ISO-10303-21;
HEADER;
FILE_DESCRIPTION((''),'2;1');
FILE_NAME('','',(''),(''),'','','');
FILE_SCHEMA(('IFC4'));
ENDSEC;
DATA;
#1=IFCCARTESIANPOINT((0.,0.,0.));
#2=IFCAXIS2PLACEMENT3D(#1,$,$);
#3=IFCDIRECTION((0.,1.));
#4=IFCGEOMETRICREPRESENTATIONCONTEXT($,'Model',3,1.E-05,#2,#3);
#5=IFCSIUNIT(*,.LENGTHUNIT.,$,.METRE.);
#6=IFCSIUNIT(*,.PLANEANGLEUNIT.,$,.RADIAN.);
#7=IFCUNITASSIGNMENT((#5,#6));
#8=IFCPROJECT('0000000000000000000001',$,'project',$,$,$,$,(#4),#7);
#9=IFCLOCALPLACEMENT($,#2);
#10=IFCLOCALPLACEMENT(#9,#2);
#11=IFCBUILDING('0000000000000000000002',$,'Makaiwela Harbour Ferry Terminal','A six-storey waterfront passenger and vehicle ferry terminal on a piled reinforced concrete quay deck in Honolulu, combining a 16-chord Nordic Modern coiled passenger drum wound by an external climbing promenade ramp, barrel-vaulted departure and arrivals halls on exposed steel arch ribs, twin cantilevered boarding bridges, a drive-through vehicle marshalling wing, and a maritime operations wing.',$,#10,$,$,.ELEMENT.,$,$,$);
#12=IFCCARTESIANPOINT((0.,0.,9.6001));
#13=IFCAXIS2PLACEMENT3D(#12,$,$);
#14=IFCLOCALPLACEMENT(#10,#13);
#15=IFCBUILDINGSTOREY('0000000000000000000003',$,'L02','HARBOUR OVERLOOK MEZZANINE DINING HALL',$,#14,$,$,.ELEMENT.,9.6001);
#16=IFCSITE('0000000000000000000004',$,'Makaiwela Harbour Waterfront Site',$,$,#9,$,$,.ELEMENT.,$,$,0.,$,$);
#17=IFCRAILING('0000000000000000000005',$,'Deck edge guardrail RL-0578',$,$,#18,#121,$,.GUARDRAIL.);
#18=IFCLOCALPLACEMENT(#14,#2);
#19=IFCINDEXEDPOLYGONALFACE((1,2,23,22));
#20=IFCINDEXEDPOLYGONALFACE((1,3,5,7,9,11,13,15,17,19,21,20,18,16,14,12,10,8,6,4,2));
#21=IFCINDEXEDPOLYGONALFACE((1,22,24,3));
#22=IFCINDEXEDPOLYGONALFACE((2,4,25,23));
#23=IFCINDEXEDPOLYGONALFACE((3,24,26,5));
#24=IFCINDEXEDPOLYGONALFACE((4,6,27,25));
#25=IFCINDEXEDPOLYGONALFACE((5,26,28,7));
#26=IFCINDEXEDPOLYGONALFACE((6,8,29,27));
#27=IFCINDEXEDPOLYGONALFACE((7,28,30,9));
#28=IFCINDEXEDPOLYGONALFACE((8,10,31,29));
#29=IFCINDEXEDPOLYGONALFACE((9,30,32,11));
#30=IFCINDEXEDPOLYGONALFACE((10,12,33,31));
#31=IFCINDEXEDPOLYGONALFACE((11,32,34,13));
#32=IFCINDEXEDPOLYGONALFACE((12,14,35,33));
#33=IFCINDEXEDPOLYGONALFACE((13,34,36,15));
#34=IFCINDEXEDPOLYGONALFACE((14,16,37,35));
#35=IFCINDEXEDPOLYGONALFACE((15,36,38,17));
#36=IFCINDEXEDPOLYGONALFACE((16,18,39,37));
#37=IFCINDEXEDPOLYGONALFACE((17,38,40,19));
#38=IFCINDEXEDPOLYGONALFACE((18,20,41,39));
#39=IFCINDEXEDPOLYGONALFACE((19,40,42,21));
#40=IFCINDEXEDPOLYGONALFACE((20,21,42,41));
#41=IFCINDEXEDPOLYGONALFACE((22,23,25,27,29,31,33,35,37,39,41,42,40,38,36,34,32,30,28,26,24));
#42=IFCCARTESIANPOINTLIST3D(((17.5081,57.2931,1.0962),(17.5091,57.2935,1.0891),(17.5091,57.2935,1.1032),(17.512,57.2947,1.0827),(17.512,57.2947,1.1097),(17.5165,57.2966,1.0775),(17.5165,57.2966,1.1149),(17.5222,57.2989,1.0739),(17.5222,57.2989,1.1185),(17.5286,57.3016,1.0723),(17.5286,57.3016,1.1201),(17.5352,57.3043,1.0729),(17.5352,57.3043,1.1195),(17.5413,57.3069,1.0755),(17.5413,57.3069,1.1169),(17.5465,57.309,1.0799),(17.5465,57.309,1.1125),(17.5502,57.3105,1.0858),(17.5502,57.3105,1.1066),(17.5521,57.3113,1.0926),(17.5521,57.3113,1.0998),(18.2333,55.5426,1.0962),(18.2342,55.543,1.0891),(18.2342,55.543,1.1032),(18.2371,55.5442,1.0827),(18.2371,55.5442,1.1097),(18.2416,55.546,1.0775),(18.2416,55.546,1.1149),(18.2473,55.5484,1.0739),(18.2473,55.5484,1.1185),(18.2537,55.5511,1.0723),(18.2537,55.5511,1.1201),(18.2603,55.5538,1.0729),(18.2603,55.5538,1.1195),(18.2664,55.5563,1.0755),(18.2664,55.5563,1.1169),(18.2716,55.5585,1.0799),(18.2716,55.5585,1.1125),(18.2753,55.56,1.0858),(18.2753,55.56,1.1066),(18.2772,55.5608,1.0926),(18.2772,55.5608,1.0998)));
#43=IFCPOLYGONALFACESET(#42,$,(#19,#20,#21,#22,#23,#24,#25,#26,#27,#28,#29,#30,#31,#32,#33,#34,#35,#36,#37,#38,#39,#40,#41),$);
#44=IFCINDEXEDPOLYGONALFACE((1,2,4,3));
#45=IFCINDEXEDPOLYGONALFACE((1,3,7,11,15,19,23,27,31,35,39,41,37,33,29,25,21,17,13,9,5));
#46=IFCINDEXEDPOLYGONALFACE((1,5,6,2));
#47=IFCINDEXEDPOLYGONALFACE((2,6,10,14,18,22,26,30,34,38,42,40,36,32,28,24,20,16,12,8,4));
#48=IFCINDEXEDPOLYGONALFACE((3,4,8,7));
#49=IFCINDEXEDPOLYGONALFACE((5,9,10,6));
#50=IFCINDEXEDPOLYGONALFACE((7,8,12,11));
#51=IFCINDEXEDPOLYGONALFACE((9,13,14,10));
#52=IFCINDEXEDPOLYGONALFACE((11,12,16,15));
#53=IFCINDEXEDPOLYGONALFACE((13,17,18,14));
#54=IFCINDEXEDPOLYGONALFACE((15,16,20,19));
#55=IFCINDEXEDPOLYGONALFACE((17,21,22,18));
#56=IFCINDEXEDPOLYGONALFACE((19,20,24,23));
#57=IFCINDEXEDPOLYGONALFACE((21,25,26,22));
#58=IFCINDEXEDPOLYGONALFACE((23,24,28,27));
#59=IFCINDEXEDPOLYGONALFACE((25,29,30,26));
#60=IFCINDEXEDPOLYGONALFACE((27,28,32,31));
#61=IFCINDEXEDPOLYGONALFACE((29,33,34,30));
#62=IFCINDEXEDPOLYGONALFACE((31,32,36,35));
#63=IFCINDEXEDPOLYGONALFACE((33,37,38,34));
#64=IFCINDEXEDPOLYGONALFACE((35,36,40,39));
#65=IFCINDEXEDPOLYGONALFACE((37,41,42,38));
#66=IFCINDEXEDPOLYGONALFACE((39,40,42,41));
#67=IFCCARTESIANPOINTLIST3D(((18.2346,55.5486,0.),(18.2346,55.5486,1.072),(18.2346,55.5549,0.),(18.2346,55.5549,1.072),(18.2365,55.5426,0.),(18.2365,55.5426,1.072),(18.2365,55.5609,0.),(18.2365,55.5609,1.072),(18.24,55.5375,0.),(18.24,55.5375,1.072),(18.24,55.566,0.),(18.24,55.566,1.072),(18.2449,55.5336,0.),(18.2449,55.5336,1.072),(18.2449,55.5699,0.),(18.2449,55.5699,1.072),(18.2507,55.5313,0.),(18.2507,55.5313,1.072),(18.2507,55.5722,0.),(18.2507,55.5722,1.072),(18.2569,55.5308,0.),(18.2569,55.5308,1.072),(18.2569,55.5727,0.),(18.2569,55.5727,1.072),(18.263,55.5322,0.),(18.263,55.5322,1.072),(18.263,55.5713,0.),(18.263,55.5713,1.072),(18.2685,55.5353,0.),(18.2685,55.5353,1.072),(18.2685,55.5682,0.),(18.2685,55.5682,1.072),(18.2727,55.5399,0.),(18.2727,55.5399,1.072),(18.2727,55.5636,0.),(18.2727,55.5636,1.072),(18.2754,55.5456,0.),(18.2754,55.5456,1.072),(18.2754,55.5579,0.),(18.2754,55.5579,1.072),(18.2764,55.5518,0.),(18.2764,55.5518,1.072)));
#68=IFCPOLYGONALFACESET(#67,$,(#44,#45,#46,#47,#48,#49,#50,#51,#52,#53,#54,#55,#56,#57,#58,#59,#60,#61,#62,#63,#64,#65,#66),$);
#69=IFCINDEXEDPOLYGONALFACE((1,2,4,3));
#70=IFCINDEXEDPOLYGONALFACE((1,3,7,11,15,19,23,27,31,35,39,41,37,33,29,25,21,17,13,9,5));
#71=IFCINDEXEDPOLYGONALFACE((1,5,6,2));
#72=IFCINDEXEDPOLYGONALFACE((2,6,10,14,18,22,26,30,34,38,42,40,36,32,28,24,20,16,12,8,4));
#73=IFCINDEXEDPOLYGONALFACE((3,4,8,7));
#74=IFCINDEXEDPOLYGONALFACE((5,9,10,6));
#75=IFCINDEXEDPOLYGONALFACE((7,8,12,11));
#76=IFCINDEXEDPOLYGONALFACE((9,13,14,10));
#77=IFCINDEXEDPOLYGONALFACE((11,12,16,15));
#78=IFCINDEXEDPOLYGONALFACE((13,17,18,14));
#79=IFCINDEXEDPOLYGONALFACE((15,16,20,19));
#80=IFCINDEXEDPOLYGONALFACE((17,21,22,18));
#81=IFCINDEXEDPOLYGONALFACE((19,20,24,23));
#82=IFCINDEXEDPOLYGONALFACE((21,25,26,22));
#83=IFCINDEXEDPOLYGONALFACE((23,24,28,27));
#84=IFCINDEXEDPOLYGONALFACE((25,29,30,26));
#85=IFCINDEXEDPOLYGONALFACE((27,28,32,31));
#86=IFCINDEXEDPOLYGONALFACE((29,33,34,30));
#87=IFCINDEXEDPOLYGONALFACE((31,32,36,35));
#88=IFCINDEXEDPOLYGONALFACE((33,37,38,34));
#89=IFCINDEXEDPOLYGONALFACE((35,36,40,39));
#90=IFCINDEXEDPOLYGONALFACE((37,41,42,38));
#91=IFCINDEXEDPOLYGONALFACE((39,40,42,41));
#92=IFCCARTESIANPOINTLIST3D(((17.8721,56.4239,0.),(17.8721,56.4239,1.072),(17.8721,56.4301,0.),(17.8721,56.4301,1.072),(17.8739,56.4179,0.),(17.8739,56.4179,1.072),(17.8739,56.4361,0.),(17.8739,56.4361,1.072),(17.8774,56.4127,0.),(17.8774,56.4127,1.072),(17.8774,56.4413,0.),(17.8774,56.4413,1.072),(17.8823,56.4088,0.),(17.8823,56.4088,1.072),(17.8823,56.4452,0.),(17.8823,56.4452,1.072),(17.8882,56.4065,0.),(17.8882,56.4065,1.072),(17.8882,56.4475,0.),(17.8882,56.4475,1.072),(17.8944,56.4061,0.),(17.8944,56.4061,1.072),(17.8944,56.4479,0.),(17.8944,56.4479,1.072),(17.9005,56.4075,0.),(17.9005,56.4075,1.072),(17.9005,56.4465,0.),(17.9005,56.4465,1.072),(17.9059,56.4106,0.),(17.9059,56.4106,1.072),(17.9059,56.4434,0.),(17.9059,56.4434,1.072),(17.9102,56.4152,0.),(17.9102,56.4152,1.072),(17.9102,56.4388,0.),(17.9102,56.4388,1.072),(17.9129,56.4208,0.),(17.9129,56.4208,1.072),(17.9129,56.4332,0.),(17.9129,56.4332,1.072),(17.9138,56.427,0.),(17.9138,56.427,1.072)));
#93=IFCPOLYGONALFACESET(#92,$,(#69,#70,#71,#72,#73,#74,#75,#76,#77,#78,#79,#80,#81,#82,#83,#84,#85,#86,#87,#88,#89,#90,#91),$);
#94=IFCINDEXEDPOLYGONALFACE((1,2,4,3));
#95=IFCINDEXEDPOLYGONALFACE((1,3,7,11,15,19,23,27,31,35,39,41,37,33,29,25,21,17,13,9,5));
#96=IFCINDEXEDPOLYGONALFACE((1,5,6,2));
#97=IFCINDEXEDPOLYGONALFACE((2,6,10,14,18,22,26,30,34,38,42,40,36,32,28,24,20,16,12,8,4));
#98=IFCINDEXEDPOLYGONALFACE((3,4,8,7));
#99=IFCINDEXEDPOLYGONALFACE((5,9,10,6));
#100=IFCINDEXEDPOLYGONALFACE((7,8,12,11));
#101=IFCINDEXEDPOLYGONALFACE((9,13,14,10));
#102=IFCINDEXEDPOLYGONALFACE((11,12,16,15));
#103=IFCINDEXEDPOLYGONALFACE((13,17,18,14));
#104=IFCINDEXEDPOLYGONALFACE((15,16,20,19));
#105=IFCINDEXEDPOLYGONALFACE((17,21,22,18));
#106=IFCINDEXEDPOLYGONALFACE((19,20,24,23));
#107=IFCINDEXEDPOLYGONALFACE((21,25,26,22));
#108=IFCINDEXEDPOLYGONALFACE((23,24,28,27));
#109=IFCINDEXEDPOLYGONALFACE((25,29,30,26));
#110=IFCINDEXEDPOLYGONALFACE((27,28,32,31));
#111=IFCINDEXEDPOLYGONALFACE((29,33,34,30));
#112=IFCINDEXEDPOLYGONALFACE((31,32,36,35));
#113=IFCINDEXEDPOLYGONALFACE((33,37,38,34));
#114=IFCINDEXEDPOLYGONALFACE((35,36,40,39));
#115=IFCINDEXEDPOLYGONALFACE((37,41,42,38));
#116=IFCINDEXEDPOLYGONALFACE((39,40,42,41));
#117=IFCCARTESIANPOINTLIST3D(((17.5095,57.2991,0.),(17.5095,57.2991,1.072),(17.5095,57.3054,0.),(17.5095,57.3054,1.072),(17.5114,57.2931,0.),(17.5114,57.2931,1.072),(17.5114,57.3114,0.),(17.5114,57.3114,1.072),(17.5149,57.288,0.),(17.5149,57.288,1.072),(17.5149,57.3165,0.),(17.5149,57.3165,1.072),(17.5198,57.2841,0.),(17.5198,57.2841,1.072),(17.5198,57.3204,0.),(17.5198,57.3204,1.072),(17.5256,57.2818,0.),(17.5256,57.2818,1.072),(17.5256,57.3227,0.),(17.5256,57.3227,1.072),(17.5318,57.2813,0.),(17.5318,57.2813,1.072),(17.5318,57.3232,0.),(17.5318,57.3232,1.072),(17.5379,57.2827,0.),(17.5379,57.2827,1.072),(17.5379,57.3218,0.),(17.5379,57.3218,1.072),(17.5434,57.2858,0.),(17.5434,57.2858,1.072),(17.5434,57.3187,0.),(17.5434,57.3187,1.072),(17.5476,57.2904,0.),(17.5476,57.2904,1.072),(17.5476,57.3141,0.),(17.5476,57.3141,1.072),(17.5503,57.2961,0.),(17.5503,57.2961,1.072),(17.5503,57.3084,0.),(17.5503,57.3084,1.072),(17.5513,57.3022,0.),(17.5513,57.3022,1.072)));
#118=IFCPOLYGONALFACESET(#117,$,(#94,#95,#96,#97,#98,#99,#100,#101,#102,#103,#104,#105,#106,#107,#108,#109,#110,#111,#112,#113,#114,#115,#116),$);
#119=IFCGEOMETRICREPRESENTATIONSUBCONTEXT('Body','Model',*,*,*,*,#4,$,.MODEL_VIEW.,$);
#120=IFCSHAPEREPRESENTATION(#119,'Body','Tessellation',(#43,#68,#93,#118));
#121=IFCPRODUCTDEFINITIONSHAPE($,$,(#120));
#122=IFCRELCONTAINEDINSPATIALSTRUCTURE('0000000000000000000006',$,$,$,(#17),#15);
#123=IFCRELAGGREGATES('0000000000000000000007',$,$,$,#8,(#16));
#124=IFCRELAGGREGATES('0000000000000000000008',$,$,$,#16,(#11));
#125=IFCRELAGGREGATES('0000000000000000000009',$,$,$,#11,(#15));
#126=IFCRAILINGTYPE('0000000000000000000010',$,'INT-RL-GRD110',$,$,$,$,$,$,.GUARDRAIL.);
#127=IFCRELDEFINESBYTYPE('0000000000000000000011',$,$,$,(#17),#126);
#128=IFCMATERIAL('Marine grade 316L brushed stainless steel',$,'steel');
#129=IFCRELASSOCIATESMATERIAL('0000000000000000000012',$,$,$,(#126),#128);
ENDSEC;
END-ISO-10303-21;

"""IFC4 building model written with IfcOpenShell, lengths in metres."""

from ifc_helpers import new_model, si_unit, direction, frame, origin, origin_2d, place, context, subcontext, project, spatial, circle, extrude, material, type_object, element, save


model = new_model("IFC4")

# Units and contexts
model_context = context("Model", 3, precision=1e-05, world=origin(), true_north=direction((0.0, 1.0)))
body_context = subcontext(model_context, "Body", "Model", "MODEL_VIEW")
ifc_project = project(units=[si_unit("LENGTHUNIT", "METRE"), si_unit("PLANEANGLEUNIT", "RADIAN")], contexts=[model_context])

# Site, building, storey
site_placement = place(None, origin())
site = spatial("IfcSite", under=ifc_project, at=site_placement, Name="Makaiwela Harbour Waterfront Site", CompositionType="ELEMENT", RefElevation=0.0)
building_placement = place(site_placement, origin())
building = spatial("IfcBuilding", under=site, at=building_placement, Name="Makaiwela Harbour Ferry Terminal", Description="A six-storey waterfront passenger and vehicle ferry terminal on a piled reinforced concrete quay deck in Honolulu, combining a 16-chord Nordic Modern coiled passenger drum wound by an external climbing promenade ramp, barrel-vaulted departure and arrivals halls on exposed steel arch ribs, twin cantilevered boarding bridges, a drive-through vehicle marshalling wing, and a maritime operations wing.", CompositionType="ELEMENT")
storey_placement = place(building_placement, frame((0.0, 0.0, 9.6001)))
storey = spatial("IfcBuildingStorey", under=building, at=storey_placement, Name="L02", Description="HARBOUR OVERLOOK MEZZANINE DINING HALL", CompositionType="ELEMENT", Elevation=9.6001)

# Railing
ifc_material_1 = material(Name="Marine grade 316L brushed stainless steel", Category="steel")
railing_type = type_object("IfcRailingType", Name="INT-RL-GRD110", PredefinedType="GUARDRAIL", material=ifc_material_1)
railing_1_placement = place(storey_placement, frame((18.2554, 55.5518, 0.0)))
element("IfcRailing", 1, at=railing_1_placement, inside=storey, type_object=railing_type, Name="Deck edge guardrail RL-0578", PredefinedType="GUARDRAIL", context=body_context, shape_type="SweptSolid", body=[
    extrude(circle(Radius=0.0239, at=origin_2d()), frame((0.0, 0.0, 1.0962), z_axis=(-0.382693, 0.923875, 0.0), x_axis=(-0.923875, -0.382693, 0.0)), (0.0, 0.0, 1.0), 1.8948),
    extrude(circle(Radius=0.021, at=origin_2d()), origin(), (0.0, 0.0, 1.0), 1.072),
    extrude(circle(Radius=0.021, at=origin_2d()), frame((-0.3625, 0.8752, 0.0)), (0.0, 0.0, 1.0), 1.072),
    extrude(circle(Radius=0.021, at=origin_2d()), frame((-0.7251, 1.7505, 0.0)), (0.0, 0.0, 1.0), 1.072),
])

save(model, "model.ifc")
